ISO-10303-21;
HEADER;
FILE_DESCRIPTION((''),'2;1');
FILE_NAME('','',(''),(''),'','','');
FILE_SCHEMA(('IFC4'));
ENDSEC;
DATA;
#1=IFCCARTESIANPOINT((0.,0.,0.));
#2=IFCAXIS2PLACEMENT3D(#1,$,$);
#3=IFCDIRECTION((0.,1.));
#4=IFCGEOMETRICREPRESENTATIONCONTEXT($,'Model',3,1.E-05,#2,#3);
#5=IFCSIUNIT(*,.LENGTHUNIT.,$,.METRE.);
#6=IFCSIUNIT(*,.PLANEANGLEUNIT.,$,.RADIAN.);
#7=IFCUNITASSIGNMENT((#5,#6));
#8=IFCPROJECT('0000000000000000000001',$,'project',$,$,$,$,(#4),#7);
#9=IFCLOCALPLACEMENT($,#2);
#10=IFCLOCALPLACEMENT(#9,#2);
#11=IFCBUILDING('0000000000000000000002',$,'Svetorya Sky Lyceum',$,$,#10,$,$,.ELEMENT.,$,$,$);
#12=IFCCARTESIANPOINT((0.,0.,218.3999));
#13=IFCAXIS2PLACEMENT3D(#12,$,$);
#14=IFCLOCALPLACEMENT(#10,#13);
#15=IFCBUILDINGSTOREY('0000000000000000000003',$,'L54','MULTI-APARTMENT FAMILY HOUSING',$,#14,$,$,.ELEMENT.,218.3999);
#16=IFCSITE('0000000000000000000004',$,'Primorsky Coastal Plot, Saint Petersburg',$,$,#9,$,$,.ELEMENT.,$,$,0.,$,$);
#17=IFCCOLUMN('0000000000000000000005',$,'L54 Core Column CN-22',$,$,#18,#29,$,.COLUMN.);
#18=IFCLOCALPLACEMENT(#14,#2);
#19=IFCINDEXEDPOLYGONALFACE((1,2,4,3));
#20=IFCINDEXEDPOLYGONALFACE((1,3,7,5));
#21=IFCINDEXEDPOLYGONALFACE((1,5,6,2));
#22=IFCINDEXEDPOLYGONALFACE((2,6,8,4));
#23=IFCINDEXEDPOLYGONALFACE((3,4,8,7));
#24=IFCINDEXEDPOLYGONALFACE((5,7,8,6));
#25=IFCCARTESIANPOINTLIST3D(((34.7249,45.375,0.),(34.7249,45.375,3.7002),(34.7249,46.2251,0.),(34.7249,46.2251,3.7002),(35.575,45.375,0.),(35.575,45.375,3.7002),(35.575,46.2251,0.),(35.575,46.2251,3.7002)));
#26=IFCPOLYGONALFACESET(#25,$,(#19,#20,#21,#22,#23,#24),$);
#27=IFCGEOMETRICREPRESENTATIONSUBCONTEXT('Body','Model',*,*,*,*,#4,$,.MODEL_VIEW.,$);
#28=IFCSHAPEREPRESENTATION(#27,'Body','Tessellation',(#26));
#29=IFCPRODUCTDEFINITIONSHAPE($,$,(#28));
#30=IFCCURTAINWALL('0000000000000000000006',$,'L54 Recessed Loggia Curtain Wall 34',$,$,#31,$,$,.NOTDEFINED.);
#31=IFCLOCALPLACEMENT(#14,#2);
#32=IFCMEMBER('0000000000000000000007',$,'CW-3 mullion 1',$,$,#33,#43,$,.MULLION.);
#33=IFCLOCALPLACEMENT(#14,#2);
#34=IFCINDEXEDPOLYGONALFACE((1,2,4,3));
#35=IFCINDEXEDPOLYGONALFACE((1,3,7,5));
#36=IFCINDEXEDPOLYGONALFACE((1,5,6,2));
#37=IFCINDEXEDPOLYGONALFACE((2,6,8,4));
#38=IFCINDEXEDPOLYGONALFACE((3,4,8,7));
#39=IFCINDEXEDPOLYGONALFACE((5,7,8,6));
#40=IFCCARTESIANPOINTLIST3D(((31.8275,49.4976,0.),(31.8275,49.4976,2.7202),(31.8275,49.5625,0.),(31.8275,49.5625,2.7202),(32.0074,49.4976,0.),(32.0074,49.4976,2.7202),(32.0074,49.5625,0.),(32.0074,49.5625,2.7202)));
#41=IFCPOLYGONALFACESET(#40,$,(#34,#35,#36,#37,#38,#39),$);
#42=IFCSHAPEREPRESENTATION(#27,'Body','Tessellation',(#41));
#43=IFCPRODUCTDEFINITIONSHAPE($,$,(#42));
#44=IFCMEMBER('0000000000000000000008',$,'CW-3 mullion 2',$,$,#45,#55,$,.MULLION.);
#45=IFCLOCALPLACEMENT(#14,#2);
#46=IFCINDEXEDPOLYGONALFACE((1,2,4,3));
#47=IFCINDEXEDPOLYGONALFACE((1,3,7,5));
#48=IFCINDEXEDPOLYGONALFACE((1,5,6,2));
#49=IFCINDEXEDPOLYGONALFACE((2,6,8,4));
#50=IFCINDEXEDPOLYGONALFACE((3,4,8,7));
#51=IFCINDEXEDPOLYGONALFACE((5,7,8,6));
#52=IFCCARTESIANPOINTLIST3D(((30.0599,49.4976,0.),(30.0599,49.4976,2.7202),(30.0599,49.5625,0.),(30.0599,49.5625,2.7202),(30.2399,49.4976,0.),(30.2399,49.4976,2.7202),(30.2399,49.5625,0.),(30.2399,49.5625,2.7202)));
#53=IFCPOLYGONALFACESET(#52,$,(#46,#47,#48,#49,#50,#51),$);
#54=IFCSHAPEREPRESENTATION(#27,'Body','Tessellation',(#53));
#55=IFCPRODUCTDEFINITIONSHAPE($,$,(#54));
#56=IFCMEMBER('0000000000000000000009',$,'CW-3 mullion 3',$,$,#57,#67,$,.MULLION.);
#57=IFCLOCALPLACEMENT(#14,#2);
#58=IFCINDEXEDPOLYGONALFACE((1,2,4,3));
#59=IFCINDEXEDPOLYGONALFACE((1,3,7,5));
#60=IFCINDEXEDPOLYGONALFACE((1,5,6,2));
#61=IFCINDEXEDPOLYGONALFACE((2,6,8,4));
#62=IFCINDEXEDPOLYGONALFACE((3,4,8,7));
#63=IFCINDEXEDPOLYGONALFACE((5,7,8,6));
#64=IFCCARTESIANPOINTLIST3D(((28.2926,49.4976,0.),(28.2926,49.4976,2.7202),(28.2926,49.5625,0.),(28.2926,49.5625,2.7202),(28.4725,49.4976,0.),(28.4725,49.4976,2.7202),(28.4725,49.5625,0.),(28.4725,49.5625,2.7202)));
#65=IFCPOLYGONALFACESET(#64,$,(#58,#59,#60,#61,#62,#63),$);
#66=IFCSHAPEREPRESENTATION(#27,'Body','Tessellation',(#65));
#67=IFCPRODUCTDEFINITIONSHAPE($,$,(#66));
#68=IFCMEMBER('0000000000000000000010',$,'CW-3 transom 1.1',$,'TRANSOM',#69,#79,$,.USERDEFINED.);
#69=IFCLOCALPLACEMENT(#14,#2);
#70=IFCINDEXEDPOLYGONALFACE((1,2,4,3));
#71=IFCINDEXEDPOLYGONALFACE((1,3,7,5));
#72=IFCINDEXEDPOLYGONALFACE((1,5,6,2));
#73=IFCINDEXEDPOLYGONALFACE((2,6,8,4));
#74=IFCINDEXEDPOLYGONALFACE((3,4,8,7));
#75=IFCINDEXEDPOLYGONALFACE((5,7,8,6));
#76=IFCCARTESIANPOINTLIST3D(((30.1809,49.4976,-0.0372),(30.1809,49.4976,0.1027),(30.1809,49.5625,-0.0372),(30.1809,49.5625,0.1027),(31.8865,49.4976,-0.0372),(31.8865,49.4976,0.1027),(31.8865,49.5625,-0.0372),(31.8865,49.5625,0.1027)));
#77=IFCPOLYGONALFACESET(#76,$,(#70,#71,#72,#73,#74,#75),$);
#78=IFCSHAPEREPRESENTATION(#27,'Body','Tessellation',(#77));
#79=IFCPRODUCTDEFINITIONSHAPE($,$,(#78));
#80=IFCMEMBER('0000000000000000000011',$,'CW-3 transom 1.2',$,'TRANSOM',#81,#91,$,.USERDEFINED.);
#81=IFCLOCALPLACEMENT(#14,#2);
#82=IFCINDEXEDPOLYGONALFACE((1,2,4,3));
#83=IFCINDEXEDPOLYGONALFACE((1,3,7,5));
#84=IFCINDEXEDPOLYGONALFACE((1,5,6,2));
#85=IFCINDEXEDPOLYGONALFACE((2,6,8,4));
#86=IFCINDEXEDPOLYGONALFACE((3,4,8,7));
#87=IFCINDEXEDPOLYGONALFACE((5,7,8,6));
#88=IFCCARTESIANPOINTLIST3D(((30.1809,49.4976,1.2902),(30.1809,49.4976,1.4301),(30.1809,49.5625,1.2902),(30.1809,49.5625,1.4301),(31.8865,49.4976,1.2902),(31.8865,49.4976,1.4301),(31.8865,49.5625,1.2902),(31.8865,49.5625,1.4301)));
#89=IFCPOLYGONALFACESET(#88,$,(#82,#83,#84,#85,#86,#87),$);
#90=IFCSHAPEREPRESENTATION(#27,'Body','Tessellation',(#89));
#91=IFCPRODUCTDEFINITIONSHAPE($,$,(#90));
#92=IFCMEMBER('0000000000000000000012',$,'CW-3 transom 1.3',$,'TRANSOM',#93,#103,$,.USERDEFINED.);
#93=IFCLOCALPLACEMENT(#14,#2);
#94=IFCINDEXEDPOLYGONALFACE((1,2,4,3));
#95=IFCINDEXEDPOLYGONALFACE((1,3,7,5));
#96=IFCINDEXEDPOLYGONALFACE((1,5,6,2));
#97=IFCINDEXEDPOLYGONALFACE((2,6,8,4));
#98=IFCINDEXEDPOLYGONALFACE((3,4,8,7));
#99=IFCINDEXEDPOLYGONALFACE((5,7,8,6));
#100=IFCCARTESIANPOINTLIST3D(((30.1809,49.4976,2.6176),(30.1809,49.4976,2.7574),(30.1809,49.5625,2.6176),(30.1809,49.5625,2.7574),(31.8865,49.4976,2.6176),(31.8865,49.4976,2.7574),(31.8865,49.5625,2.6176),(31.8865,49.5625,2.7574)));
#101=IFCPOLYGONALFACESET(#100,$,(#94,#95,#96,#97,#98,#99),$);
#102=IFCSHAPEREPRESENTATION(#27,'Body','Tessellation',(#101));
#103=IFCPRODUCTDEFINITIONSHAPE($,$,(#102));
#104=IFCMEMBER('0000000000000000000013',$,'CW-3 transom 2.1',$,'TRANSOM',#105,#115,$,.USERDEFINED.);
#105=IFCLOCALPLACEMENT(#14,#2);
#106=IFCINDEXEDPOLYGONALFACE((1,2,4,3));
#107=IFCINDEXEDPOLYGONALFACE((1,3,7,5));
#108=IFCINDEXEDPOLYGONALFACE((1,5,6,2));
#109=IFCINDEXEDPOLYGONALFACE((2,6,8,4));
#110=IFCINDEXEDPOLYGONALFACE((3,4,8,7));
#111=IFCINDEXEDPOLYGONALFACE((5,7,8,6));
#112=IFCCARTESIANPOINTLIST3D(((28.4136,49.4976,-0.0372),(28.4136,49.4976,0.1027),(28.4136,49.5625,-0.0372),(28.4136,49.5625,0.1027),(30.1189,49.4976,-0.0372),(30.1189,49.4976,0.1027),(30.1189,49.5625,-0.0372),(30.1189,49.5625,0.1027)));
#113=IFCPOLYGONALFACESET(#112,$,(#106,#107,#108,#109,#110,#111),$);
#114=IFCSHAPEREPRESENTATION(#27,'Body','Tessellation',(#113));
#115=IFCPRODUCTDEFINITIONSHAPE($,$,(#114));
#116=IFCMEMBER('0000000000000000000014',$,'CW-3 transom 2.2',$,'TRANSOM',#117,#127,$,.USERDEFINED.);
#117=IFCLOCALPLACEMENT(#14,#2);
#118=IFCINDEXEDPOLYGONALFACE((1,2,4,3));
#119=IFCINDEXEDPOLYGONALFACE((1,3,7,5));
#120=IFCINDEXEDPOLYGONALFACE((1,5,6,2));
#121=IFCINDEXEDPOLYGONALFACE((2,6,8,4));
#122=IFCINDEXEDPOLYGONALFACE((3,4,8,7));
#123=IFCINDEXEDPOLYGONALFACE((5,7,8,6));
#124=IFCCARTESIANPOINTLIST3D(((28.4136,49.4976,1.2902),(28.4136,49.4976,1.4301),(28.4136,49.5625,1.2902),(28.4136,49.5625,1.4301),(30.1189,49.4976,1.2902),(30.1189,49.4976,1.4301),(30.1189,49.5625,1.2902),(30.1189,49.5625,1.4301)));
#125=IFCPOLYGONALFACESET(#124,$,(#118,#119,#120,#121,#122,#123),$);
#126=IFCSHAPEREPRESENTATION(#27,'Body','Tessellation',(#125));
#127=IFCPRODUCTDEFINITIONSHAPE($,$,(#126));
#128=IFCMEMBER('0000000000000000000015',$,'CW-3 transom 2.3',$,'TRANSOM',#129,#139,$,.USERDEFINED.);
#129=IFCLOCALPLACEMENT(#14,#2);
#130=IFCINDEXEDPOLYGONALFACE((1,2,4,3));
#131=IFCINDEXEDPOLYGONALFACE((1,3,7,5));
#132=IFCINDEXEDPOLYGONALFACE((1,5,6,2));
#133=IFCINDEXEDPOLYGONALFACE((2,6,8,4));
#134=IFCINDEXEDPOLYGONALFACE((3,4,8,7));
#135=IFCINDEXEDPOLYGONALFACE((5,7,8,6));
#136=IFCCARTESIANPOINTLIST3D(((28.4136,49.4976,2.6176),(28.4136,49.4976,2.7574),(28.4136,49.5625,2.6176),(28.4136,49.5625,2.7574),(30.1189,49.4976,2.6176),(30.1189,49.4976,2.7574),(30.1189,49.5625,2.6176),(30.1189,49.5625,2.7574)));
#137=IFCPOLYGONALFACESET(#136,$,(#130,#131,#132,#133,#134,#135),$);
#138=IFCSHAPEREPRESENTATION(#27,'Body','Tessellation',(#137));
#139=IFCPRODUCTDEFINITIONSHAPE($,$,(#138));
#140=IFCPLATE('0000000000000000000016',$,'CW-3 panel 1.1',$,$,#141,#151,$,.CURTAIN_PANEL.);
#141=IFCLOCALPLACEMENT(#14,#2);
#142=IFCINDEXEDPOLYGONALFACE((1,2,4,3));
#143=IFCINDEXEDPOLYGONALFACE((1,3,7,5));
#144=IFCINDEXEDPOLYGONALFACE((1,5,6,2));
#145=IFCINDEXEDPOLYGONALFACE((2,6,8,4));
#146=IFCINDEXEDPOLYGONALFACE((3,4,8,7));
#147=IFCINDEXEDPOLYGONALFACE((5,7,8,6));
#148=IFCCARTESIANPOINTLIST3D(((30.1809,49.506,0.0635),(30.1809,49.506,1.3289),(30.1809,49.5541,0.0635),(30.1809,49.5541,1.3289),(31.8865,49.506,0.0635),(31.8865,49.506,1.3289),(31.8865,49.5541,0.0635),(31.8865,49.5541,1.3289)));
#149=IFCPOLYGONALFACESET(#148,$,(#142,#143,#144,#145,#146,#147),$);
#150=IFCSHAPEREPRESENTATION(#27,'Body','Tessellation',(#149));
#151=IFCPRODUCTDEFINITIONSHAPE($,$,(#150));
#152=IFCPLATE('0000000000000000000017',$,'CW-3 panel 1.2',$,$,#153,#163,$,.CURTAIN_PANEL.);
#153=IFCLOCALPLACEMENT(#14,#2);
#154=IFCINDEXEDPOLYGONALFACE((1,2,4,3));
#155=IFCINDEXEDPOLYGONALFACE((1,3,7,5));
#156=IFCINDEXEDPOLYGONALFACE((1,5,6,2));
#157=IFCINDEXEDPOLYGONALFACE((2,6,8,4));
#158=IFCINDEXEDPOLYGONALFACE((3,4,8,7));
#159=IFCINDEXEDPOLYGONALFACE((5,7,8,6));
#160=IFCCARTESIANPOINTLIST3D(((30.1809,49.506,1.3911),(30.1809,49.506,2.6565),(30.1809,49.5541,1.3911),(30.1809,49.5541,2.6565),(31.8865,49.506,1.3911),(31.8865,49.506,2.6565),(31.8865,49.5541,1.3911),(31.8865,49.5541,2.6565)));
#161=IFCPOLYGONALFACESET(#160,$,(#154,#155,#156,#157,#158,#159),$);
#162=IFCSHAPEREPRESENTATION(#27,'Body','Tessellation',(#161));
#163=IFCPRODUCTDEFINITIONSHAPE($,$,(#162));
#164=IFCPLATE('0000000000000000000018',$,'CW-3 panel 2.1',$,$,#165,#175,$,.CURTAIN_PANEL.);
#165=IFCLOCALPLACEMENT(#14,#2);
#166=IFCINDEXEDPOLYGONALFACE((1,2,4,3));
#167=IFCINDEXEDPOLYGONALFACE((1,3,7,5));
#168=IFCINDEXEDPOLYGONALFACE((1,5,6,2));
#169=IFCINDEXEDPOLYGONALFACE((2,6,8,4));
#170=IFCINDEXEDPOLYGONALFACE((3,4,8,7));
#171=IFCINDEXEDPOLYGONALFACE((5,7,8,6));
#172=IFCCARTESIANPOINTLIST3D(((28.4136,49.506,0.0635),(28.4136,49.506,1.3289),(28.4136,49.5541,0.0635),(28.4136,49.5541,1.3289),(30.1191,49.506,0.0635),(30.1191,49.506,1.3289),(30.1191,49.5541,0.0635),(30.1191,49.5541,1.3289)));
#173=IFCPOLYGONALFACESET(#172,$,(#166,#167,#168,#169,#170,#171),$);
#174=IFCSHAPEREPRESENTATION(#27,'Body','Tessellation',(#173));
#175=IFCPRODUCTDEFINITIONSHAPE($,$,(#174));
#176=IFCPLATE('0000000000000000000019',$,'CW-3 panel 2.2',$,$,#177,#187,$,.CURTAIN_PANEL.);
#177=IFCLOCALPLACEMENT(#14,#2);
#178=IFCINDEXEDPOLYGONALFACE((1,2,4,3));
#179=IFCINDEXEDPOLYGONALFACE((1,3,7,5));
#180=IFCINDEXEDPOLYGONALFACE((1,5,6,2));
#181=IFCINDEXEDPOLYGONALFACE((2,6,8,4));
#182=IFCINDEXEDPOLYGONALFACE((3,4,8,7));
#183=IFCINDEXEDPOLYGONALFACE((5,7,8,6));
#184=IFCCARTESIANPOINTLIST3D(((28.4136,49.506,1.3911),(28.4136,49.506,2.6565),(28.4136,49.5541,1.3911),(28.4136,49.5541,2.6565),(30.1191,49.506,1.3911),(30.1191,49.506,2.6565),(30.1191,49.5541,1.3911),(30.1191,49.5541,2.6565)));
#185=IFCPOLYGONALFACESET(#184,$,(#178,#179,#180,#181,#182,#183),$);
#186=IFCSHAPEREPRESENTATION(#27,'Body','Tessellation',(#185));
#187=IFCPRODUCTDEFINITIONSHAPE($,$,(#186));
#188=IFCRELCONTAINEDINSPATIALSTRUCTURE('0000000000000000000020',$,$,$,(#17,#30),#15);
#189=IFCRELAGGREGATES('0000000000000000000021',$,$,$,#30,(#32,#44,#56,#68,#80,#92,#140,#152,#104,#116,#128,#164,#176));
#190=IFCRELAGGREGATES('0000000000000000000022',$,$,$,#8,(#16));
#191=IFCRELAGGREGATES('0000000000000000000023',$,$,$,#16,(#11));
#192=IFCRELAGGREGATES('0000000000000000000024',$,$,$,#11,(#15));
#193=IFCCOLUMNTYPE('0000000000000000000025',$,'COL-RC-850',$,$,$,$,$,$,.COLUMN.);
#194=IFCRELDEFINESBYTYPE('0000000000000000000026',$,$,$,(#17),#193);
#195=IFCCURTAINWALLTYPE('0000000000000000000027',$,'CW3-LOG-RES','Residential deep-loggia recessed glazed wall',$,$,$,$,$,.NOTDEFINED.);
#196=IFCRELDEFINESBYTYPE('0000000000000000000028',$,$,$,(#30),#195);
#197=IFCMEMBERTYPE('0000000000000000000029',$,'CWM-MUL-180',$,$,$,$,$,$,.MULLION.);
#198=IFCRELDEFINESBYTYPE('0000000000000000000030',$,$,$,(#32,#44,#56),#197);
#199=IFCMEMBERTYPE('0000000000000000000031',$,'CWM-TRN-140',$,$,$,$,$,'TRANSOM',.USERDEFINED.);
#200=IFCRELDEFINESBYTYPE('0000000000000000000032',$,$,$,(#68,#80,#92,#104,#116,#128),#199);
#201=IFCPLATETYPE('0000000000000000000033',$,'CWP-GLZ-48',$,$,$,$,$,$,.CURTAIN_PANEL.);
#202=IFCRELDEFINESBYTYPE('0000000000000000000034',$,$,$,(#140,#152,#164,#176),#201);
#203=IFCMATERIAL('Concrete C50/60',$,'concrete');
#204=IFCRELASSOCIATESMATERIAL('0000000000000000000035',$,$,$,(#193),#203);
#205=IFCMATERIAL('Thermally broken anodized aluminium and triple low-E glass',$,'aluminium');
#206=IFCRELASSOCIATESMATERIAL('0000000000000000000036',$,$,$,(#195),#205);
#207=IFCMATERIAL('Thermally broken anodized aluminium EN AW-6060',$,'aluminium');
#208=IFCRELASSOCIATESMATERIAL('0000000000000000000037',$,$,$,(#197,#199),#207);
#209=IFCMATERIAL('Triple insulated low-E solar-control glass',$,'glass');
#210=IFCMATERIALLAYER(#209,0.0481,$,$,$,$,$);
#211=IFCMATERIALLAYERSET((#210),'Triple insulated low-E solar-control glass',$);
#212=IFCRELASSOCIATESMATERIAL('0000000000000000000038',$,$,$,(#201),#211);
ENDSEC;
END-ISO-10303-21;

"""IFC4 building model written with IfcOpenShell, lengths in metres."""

from ifc_helpers import new_model, si_unit, direction, frame, origin, origin_2d, place, context, subcontext, project, spatial, rectangle, extrude, material, layer, layer_set, material_profile, profile_set, type_object, element, aggregate, save


model = new_model("IFC4")

# Units and contexts
model_context = context("Model", 3, precision=1e-05, world=origin(), true_north=direction((0.0, 1.0)))
body_context = subcontext(model_context, "Body", "Model", "MODEL_VIEW")
ifc_project = project(units=[si_unit("LENGTHUNIT", "METRE"), si_unit("PLANEANGLEUNIT", "RADIAN")], contexts=[model_context])

# Site, building, storey
site_placement = place(None, origin())
site = spatial("IfcSite", under=ifc_project, at=site_placement, Name="Primorsky Coastal Plot, Saint Petersburg", CompositionType="ELEMENT", RefElevation=0.0)
building_placement = place(site_placement, origin())
building = spatial("IfcBuilding", under=site, at=building_placement, Name="Svetorya Sky Lyceum", CompositionType="ELEMENT")
storey_placement = place(building_placement, frame((0.0, 0.0, 218.3999)))
storey = spatial("IfcBuildingStorey", under=building, at=storey_placement, Name="L54", Description="MULTI-APARTMENT FAMILY HOUSING", CompositionType="ELEMENT", Elevation=218.3999)

# Column
ifc_material_1 = material(Name="Concrete C50/60", Category="concrete")
ifc_material_profile_1 = material_profile(ifc_material_1, rectangle(XDim=0.8501, YDim=0.8501, at=origin_2d()), Name="RC COL 850x850")
ifc_profile_set_1 = profile_set([ifc_material_profile_1], Name="Concrete C50/60")
column_type = type_object("IfcColumnType", Name="COL-RC-850", PredefinedType="COLUMN", material=ifc_profile_set_1)
column_placement = place(storey_placement, frame((35.1499, 45.8, 0.0), z_axis=(0.0, 0.0, 1.0), x_axis=(1.0, 0.0, 0.0)))
element("IfcColumn", 1, at=column_placement, inside=storey, type_object=column_type, Name="L54 Core Column CN-22", PredefinedType="COLUMN", context=body_context, shape_type="SweptSolid", body=[
    extrude(rectangle(XDim=0.8501, YDim=0.8501, at=origin_2d()), origin(), (0.0, 0.0, 1.0), 3.7002),
])

# Curtain wall, members, plates
ifc_material_2 = material(Name="Thermally broken anodized aluminium and triple low-E glass", Category="aluminium")
curtain_wall_type = type_object("IfcCurtainWallType", Name="CW3-LOG-RES", Description="Residential deep-loggia recessed glazed wall", PredefinedType="NOTDEFINED", material=ifc_material_2)
curtain_wall_placement = place(storey_placement, origin())
curtain_wall = element("IfcCurtainWall", 2, at=curtain_wall_placement, inside=storey, type_object=curtain_wall_type, Name="L54 Recessed Loggia Curtain Wall 34", PredefinedType="NOTDEFINED")
ifc_material_3 = material(Name="Thermally broken anodized aluminium EN AW-6060", Category="aluminium")
ifc_material_profile_2 = material_profile(ifc_material_3, rectangle(XDim=0.0649, YDim=0.1799, at=origin_2d()), Name="ALU MULLION 65x180")
ifc_profile_set_2 = profile_set([ifc_material_profile_2], Name="Thermally broken anodized aluminium EN AW-6060")
member_type_1 = type_object("IfcMemberType", Name="CWM-MUL-180", PredefinedType="MULLION", material=ifc_profile_set_2)
member_1_placement = place(storey_placement, frame((31.9175, 49.53, 0.0), z_axis=(0.0, 0.0, 1.0), x_axis=(0.0, -1.0, 0.0)))
member_1 = element("IfcMember", 3, at=member_1_placement, type_object=member_type_1, Name="CW-3 mullion 1", PredefinedType="MULLION", context=body_context, shape_type="SweptSolid", body=[
    extrude(rectangle(XDim=0.0649, YDim=0.1799, at=origin_2d()), origin(), (0.0, 0.0, 1.0), 2.7202),
])
member_2_placement = place(storey_placement, frame((30.1499, 49.53, 0.0), z_axis=(0.0, 0.0, 1.0), x_axis=(0.0, -1.0, 0.0)))
member_2 = element("IfcMember", 4, at=member_2_placement, type_object=member_type_1, Name="CW-3 mullion 2", PredefinedType="MULLION", context=body_context, shape_type="SweptSolid", body=[
    extrude(rectangle(XDim=0.0649, YDim=0.1799, at=origin_2d()), origin(), (0.0, 0.0, 1.0), 2.7202),
])
member_3_placement = place(storey_placement, frame((28.3826, 49.53, 0.0), z_axis=(0.0, 0.0, 1.0), x_axis=(0.0, -1.0, 0.0)))
member_3 = element("IfcMember", 5, at=member_3_placement, type_object=member_type_1, Name="CW-3 mullion 3", PredefinedType="MULLION", context=body_context, shape_type="SweptSolid", body=[
    extrude(rectangle(XDim=0.0649, YDim=0.1799, at=origin_2d()), origin(), (0.0, 0.0, 1.0), 2.7202),
])
ifc_material_profile_3 = material_profile(ifc_material_3, rectangle(XDim=0.0649, YDim=0.1399, at=origin_2d()), Name="ALU TRANSOM 65x140")
ifc_profile_set_3 = profile_set([ifc_material_profile_3], Name="Thermally broken anodized aluminium EN AW-6060")
member_type_2 = type_object("IfcMemberType", Name="CWM-TRN-140", ElementType="TRANSOM", PredefinedType="USERDEFINED", material=ifc_profile_set_3)
member_4_placement = place(storey_placement, frame((31.8865, 49.53, 0.0327), z_axis=(-1.0, 0.0, 0.0), x_axis=(0.0, -1.0, 0.0)))
member_4 = element("IfcMember", 6, at=member_4_placement, type_object=member_type_2, Name="CW-3 transom 1.1", ObjectType="TRANSOM", PredefinedType="USERDEFINED", context=body_context, shape_type="SweptSolid", body=[
    extrude(rectangle(XDim=0.0649, YDim=0.1399, at=origin_2d()), origin(), (0.0, 0.0, 1.0), 1.7056),
])
member_5_placement = place(storey_placement, frame((31.8865, 49.53, 1.3601), z_axis=(-1.0, 0.0, 0.0), x_axis=(0.0, -1.0, 0.0)))
member_5 = element("IfcMember", 7, at=member_5_placement, type_object=member_type_2, Name="CW-3 transom 1.2", ObjectType="TRANSOM", PredefinedType="USERDEFINED", context=body_context, shape_type="SweptSolid", body=[
    extrude(rectangle(XDim=0.0649, YDim=0.1399, at=origin_2d()), origin(), (0.0, 0.0, 1.0), 1.7056),
])
member_6_placement = place(storey_placement, frame((31.8865, 49.53, 2.6875), z_axis=(-1.0, 0.0, 0.0), x_axis=(0.0, -1.0, 0.0)))
member_6 = element("IfcMember", 8, at=member_6_placement, type_object=member_type_2, Name="CW-3 transom 1.3", ObjectType="TRANSOM", PredefinedType="USERDEFINED", context=body_context, shape_type="SweptSolid", body=[
    extrude(rectangle(XDim=0.0649, YDim=0.1399, at=origin_2d()), origin(), (0.0, 0.0, 1.0), 1.7056),
])
member_7_placement = place(storey_placement, frame((30.1189, 49.53, 0.0327), z_axis=(-1.0, 0.0, 0.0), x_axis=(0.0, -1.0, 0.0)))
member_7 = element("IfcMember", 9, at=member_7_placement, type_object=member_type_2, Name="CW-3 transom 2.1", ObjectType="TRANSOM", PredefinedType="USERDEFINED", context=body_context, shape_type="SweptSolid", body=[
    extrude(rectangle(XDim=0.0649, YDim=0.1399, at=origin_2d()), origin(), (0.0, 0.0, 1.0), 1.7053),
])
member_8_placement = place(storey_placement, frame((30.1189, 49.53, 1.3601), z_axis=(-1.0, 0.0, 0.0), x_axis=(0.0, -1.0, 0.0)))
member_8 = element("IfcMember", 10, at=member_8_placement, type_object=member_type_2, Name="CW-3 transom 2.2", ObjectType="TRANSOM", PredefinedType="USERDEFINED", context=body_context, shape_type="SweptSolid", body=[
    extrude(rectangle(XDim=0.0649, YDim=0.1399, at=origin_2d()), origin(), (0.0, 0.0, 1.0), 1.7053),
])
member_9_placement = place(storey_placement, frame((30.1189, 49.53, 2.6875), z_axis=(-1.0, 0.0, 0.0), x_axis=(0.0, -1.0, 0.0)))
member_9 = element("IfcMember", 11, at=member_9_placement, type_object=member_type_2, Name="CW-3 transom 2.3", ObjectType="TRANSOM", PredefinedType="USERDEFINED", context=body_context, shape_type="SweptSolid", body=[
    extrude(rectangle(XDim=0.0649, YDim=0.1399, at=origin_2d()), origin(), (0.0, 0.0, 1.0), 1.7053),
])
ifc_material_4 = material(Name="Triple insulated low-E solar-control glass", Category="glass")
ifc_layer_1 = layer(ifc_material_4, 0.0481)
ifc_layer_set_1 = layer_set([ifc_layer_1], Name="Triple insulated low-E solar-control glass")
plate_type = type_object("IfcPlateType", Name="CWP-GLZ-48", PredefinedType="CURTAIN_PANEL", material=ifc_layer_set_1)
plate_1_placement = place(storey_placement, frame((31.0337, 49.53, 0.0635), z_axis=(0.0, 0.0, 1.0), x_axis=(-1.0, 0.0, 0.0)))
plate_1 = element("IfcPlate", 12, at=plate_1_placement, type_object=plate_type, Name="CW-3 panel 1.1", PredefinedType="CURTAIN_PANEL", context=body_context, shape_type="SweptSolid", body=[
    extrude(rectangle(XDim=1.7056, YDim=0.0481, at=origin_2d()), origin(), (0.0, 0.0, 1.0), 1.2654),
])
plate_2_placement = place(storey_placement, frame((31.0337, 49.53, 1.3911), z_axis=(0.0, 0.0, 1.0), x_axis=(-1.0, 0.0, 0.0)))
plate_2 = element("IfcPlate", 13, at=plate_2_placement, type_object=plate_type, Name="CW-3 panel 1.2", PredefinedType="CURTAIN_PANEL", context=body_context, shape_type="SweptSolid", body=[
    extrude(rectangle(XDim=1.7056, YDim=0.0481, at=origin_2d()), origin(), (0.0, 0.0, 1.0), 1.2654),
])
plate_3_placement = place(storey_placement, frame((29.2664, 49.53, 0.0635), z_axis=(0.0, 0.0, 1.0), x_axis=(-1.0, 0.0, 0.0)))
plate_3 = element("IfcPlate", 14, at=plate_3_placement, type_object=plate_type, Name="CW-3 panel 2.1", PredefinedType="CURTAIN_PANEL", context=body_context, shape_type="SweptSolid", body=[
    extrude(rectangle(XDim=1.7056, YDim=0.0481, at=origin_2d()), origin(), (0.0, 0.0, 1.0), 1.2654),
])
plate_4_placement = place(storey_placement, frame((29.2664, 49.53, 1.3911), z_axis=(0.0, 0.0, 1.0), x_axis=(-1.0, 0.0, 0.0)))
plate_4 = element("IfcPlate", 15, at=plate_4_placement, type_object=plate_type, Name="CW-3 panel 2.2", PredefinedType="CURTAIN_PANEL", context=body_context, shape_type="SweptSolid", body=[
    extrude(rectangle(XDim=1.7056, YDim=0.0481, at=origin_2d()), origin(), (0.0, 0.0, 1.0), 1.2654),
])
aggregate(curtain_wall, [member_1, member_2, member_3, member_4, member_5, member_6, plate_1, plate_2, member_7, member_8, member_9, plate_3, plate_4])

save(model, "model.ifc")
